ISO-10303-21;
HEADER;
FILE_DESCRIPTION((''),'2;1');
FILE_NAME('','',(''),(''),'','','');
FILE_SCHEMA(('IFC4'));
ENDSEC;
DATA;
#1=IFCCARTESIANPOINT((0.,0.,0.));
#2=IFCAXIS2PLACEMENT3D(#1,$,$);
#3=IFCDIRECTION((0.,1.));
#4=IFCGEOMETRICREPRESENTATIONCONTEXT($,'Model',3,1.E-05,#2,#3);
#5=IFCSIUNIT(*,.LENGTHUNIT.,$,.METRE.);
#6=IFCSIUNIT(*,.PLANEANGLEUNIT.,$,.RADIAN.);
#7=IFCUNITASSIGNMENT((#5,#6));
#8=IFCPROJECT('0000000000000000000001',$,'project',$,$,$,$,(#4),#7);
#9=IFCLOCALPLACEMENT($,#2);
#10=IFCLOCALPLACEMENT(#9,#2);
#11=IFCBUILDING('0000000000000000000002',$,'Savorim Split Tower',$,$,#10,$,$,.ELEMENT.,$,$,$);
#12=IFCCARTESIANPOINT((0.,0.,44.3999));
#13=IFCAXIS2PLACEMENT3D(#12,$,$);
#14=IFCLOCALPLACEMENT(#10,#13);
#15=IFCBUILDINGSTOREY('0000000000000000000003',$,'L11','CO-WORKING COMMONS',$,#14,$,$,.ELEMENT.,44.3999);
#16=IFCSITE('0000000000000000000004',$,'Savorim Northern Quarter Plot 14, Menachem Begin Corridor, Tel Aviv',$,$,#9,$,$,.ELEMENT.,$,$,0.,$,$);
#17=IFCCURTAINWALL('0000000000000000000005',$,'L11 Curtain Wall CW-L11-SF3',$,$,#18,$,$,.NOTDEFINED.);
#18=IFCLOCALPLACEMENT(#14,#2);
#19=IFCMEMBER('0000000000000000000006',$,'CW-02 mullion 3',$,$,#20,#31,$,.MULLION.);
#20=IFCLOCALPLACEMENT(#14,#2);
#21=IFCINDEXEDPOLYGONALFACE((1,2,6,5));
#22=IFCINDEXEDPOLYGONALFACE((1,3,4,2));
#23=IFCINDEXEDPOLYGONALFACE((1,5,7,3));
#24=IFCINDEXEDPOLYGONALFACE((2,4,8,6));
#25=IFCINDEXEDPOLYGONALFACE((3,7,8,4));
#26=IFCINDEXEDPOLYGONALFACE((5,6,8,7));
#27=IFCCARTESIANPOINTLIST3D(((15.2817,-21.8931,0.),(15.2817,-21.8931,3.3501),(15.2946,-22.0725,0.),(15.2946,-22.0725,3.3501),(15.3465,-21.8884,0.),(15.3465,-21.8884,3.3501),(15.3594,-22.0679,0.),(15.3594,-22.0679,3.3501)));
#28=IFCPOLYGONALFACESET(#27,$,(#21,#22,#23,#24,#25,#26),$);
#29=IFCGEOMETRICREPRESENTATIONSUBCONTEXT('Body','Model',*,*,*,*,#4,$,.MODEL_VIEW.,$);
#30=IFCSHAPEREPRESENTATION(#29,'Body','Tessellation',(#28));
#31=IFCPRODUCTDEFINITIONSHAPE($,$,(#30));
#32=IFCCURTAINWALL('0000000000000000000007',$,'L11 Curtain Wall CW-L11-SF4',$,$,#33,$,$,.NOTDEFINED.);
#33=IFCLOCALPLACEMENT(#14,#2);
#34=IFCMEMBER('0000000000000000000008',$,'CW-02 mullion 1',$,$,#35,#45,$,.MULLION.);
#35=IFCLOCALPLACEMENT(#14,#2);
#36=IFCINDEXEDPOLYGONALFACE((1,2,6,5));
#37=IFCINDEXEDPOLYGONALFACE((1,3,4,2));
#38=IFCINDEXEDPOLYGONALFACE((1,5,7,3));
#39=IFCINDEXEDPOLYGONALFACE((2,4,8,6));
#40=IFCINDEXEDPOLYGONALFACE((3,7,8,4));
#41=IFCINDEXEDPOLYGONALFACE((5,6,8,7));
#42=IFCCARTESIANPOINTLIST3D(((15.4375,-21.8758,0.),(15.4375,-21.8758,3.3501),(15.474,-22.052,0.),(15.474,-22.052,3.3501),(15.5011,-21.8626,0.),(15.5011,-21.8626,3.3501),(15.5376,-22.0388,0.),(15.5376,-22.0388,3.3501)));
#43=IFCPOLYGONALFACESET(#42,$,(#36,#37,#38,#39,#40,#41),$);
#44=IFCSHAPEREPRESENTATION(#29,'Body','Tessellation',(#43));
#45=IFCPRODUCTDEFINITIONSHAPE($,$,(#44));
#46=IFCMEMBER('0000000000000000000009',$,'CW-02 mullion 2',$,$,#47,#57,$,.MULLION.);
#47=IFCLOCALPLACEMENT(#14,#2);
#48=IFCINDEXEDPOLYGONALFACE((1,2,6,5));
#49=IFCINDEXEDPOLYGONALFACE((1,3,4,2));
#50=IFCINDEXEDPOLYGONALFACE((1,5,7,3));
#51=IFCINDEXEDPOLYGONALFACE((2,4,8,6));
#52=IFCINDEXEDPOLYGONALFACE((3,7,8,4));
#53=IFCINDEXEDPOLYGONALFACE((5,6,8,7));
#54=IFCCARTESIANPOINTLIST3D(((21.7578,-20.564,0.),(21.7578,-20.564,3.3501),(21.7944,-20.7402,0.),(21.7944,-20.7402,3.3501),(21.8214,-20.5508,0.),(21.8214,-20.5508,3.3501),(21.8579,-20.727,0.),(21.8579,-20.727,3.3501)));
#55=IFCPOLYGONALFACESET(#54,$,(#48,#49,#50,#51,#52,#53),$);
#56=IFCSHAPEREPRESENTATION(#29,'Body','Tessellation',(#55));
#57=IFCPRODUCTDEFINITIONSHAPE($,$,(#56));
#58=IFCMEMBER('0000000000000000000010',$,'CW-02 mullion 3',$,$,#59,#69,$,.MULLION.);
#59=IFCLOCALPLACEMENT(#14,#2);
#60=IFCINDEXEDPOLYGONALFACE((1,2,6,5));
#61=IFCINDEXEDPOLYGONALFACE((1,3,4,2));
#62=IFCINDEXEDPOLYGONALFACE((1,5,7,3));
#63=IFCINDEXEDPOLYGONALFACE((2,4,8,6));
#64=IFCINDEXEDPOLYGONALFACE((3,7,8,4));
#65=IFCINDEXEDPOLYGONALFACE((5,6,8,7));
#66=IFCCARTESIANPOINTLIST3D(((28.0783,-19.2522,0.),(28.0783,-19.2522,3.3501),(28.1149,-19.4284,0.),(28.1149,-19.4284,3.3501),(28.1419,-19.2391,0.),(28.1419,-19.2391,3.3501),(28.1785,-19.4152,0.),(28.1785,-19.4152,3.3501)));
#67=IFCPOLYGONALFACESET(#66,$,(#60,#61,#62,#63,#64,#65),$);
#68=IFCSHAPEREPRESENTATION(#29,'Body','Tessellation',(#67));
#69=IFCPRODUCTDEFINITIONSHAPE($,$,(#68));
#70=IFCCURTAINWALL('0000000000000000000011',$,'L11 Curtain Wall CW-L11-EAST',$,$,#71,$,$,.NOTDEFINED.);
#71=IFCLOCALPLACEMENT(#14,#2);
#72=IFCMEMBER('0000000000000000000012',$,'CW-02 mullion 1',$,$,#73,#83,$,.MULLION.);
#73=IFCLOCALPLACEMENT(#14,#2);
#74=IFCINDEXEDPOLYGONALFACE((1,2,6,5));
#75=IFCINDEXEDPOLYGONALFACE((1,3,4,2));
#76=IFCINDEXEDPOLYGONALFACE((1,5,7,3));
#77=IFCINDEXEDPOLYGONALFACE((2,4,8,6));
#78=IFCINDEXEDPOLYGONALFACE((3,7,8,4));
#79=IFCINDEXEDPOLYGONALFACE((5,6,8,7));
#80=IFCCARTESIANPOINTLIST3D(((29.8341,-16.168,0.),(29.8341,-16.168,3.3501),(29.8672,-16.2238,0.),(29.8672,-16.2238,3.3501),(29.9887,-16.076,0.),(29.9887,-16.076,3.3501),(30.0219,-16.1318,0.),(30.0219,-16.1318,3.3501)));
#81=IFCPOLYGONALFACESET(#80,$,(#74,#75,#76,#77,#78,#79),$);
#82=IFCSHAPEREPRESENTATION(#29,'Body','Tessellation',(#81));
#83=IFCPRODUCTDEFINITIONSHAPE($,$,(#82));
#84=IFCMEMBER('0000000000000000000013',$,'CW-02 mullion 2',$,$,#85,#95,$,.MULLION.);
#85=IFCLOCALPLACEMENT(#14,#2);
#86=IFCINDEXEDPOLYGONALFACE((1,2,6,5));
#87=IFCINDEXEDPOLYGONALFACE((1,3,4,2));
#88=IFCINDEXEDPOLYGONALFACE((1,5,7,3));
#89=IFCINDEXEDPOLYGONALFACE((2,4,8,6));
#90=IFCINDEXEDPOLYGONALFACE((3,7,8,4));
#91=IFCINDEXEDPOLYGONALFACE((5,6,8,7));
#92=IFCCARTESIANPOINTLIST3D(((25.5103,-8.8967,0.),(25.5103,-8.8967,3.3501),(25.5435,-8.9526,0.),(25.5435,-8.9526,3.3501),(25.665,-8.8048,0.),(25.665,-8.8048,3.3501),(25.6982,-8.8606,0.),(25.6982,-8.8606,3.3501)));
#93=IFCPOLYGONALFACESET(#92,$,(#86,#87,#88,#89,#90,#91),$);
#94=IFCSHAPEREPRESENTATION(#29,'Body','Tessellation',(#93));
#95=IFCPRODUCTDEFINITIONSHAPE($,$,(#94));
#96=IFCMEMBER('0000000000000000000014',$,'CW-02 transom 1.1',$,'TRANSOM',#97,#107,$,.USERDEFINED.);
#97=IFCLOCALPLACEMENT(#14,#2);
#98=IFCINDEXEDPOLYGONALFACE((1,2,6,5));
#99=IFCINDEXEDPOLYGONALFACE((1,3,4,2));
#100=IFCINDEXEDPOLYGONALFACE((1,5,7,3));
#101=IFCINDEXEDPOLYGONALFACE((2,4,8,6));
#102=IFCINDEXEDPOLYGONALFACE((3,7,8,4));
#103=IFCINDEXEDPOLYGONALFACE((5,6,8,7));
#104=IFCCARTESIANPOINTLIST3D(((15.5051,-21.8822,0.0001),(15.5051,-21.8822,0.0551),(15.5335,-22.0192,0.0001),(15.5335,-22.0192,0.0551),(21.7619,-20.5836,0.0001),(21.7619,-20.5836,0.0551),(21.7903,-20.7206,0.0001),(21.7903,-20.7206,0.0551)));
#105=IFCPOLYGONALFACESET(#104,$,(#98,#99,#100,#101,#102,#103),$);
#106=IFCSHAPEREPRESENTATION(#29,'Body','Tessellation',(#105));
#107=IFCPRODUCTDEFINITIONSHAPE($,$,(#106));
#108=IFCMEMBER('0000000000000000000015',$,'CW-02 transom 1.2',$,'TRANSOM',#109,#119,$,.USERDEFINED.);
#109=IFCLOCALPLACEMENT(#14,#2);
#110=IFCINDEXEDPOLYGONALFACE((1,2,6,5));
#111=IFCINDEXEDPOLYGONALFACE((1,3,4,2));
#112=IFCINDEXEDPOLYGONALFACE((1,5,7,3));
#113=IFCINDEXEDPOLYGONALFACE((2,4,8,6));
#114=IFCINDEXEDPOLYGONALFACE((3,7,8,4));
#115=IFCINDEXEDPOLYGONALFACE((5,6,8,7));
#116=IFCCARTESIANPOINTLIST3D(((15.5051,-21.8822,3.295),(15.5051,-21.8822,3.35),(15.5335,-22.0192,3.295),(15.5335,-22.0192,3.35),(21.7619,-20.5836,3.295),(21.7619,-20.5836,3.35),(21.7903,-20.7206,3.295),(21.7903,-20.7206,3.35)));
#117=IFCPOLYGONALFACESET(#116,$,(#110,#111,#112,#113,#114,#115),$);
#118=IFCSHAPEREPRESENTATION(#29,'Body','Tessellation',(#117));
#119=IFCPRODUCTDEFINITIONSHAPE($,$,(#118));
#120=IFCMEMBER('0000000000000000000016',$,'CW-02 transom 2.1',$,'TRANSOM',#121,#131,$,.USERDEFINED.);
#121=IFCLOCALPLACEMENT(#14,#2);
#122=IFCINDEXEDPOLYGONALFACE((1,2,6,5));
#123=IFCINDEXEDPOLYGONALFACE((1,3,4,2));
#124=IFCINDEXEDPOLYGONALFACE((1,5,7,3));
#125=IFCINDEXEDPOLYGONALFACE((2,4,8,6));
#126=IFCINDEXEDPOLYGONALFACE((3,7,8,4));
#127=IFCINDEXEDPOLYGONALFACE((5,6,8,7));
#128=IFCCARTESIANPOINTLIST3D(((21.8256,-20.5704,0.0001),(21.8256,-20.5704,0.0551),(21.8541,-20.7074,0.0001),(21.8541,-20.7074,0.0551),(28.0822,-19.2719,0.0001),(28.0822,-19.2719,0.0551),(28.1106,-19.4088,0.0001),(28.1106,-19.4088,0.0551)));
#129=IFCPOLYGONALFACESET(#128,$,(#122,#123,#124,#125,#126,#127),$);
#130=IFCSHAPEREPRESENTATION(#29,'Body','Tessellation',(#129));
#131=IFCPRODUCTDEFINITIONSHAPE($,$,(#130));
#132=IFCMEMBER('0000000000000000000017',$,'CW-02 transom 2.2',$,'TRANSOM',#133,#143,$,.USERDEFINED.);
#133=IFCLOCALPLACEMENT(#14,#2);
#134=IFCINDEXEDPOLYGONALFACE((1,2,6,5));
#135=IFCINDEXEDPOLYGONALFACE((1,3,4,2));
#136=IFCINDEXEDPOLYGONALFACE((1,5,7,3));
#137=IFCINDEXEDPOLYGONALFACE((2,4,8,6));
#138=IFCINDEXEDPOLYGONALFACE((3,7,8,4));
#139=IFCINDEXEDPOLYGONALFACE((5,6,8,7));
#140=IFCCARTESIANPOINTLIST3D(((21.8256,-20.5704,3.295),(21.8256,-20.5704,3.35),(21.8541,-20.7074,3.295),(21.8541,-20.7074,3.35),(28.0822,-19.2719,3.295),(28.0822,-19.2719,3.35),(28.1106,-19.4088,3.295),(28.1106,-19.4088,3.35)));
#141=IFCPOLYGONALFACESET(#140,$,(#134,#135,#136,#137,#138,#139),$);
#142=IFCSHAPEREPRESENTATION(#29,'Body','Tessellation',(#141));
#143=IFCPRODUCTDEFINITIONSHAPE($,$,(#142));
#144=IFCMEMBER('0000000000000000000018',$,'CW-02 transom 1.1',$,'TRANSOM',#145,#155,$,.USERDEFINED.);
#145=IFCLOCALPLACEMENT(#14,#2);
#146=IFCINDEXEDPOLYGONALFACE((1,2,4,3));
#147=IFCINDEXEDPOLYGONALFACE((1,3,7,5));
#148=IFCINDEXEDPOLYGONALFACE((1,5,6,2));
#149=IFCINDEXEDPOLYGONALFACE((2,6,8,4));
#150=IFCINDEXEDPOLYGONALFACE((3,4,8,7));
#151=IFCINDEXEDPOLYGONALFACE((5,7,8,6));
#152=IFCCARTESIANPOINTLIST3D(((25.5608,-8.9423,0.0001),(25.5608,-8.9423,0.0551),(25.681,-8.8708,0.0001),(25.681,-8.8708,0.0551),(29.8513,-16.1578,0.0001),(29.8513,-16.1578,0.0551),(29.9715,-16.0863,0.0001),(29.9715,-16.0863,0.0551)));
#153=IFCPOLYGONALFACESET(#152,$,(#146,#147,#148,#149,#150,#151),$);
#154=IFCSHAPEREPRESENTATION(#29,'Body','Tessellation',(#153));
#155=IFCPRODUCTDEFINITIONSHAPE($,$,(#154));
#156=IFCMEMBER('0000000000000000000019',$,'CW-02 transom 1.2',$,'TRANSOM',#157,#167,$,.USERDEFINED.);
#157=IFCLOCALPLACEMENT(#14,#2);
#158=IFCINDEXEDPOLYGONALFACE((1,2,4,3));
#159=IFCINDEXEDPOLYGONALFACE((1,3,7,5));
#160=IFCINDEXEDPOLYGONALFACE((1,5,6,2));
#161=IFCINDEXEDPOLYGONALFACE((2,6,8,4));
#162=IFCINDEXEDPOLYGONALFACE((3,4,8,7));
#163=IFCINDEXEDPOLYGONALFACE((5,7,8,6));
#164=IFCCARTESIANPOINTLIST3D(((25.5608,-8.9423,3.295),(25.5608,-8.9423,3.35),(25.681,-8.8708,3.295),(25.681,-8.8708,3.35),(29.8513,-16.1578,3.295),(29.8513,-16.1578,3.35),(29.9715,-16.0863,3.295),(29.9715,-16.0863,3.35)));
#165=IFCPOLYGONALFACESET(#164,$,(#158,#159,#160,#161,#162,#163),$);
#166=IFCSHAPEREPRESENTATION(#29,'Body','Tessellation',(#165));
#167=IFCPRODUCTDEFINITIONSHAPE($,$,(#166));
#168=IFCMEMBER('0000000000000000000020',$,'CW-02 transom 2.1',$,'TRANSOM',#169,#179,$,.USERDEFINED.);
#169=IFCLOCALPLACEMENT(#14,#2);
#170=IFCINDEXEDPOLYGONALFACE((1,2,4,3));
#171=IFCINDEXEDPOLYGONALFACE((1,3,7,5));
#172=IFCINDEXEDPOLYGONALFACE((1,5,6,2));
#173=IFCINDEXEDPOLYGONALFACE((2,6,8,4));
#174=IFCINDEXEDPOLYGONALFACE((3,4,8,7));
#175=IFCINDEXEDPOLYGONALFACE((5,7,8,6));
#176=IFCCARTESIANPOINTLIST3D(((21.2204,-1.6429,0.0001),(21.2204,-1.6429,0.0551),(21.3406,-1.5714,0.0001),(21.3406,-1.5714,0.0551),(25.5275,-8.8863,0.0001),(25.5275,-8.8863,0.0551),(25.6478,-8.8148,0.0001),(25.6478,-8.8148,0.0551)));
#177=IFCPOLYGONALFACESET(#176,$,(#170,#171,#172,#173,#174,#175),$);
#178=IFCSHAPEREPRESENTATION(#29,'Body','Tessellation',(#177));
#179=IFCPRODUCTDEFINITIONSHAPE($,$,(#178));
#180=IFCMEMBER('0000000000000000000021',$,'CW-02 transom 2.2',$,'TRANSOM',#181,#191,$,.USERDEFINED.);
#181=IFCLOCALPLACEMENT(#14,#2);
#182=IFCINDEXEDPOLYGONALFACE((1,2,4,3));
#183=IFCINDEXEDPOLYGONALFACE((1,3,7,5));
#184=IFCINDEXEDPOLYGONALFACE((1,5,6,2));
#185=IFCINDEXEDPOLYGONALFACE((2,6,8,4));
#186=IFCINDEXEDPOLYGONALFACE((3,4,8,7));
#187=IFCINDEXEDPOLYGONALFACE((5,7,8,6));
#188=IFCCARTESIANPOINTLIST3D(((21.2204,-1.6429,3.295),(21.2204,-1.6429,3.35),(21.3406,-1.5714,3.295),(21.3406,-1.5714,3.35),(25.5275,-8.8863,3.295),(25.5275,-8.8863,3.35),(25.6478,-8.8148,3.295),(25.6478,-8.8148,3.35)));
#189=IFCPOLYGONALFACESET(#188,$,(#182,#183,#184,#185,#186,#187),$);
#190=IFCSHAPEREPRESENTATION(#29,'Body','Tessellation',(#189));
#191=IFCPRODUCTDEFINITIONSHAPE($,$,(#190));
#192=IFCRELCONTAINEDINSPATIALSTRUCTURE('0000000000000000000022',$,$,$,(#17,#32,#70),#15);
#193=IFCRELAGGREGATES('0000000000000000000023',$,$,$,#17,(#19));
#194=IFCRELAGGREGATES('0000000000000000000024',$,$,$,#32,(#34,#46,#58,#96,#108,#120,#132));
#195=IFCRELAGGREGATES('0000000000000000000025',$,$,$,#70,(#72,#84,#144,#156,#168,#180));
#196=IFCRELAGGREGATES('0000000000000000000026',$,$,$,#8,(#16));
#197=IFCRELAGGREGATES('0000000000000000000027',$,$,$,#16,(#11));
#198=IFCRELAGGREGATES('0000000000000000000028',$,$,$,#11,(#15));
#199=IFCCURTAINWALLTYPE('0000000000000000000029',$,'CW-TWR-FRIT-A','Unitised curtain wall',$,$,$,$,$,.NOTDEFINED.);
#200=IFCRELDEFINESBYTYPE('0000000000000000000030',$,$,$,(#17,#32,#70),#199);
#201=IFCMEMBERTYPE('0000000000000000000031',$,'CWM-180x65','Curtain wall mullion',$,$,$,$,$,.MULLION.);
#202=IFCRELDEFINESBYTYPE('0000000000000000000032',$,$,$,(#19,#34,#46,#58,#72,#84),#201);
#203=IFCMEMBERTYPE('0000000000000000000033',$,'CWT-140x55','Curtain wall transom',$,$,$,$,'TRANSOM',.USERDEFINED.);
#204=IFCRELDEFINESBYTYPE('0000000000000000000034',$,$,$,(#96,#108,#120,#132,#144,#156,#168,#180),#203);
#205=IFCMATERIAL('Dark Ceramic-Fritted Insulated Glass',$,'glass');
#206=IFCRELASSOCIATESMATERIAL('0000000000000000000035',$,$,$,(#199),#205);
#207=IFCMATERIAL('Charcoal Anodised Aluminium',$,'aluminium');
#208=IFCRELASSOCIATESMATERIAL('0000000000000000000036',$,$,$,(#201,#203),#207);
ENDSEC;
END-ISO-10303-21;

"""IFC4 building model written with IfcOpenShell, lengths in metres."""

from ifc_helpers import new_model, si_unit, direction, frame, origin, origin_2d, place, context, subcontext, project, spatial, rectangle, extrude, material, material_profile, profile_set, type_object, element, aggregate, save


model = new_model("IFC4")

# Units and contexts
model_context = context("Model", 3, precision=1e-05, world=origin(), true_north=direction((0.0, 1.0)))
body_context = subcontext(model_context, "Body", "Model", "MODEL_VIEW")
ifc_project = project(units=[si_unit("LENGTHUNIT", "METRE"), si_unit("PLANEANGLEUNIT", "RADIAN")], contexts=[model_context])

# Site, building, storey
site_placement = place(None, origin())
site = spatial("IfcSite", under=ifc_project, at=site_placement, Name="Savorim Northern Quarter Plot 14, Menachem Begin Corridor, Tel Aviv", CompositionType="ELEMENT", RefElevation=0.0)
building_placement = place(site_placement, origin())
building = spatial("IfcBuilding", under=site, at=building_placement, Name="Savorim Split Tower", CompositionType="ELEMENT")
storey_placement = place(building_placement, frame((0.0, 0.0, 44.3999)))
storey = spatial("IfcBuildingStorey", under=building, at=storey_placement, Name="L11", Description="CO-WORKING COMMONS", CompositionType="ELEMENT", Elevation=44.3999)

# Curtain wall, member
ifc_material_1 = material(Name="Dark Ceramic-Fritted Insulated Glass", Category="glass")
curtain_wall_type = type_object("IfcCurtainWallType", Name="CW-TWR-FRIT-A", Description="Unitised curtain wall", PredefinedType="NOTDEFINED", material=ifc_material_1)
curtain_wall_1_placement = place(storey_placement, origin())
curtain_wall_1 = element("IfcCurtainWall", 1, at=curtain_wall_1_placement, inside=storey, type_object=curtain_wall_type, Name="L11 Curtain Wall CW-L11-SF3", PredefinedType="NOTDEFINED")
ifc_material_2 = material(Name="Charcoal Anodised Aluminium", Category="aluminium")
ifc_material_profile_1 = material_profile(ifc_material_2, rectangle(XDim=0.1799, YDim=0.0649, at=origin_2d()), Name="ALU-M 180x65")
ifc_profile_set_1 = profile_set([ifc_material_profile_1], Name="Charcoal Anodised Aluminium")
member_type_1 = type_object("IfcMemberType", Name="CWM-180x65", Description="Curtain wall mullion", PredefinedType="MULLION", material=ifc_profile_set_1)
member_1_placement = place(storey_placement, frame((15.3206, -21.9805, 0.0), z_axis=(0.0, 0.0, 1.0), x_axis=(-0.07156, 0.997436, 0.0)))
member_1 = element("IfcMember", 2, at=member_1_placement, type_object=member_type_1, Name="CW-02 mullion 3", PredefinedType="MULLION", context=body_context, shape_type="SweptSolid", body=[
    extrude(rectangle(XDim=0.1799, YDim=0.0649, at=origin_2d()), origin(), (0.0, 0.0, 1.0), 3.3501),
])
aggregate(curtain_wall_1, [member_1])

# Curtain walls, members
curtain_wall_2_placement = place(storey_placement, origin())
curtain_wall_2 = element("IfcCurtainWall", 3, at=curtain_wall_2_placement, inside=storey, type_object=curtain_wall_type, Name="L11 Curtain Wall CW-L11-SF4", PredefinedType="NOTDEFINED")
member_2_placement = place(storey_placement, frame((15.4875, -21.9573, 0.0), z_axis=(0.0, 0.0, 1.0), x_axis=(-0.20321, 0.979135, 0.0)))
member_2 = element("IfcMember", 4, at=member_2_placement, type_object=member_type_1, Name="CW-02 mullion 1", PredefinedType="MULLION", context=body_context, shape_type="SweptSolid", body=[
    extrude(rectangle(XDim=0.1799, YDim=0.0649, at=origin_2d()), origin(), (0.0, 0.0, 1.0), 3.3501),
])
member_3_placement = place(storey_placement, frame((21.8079, -20.6455, 0.0), z_axis=(0.0, 0.0, 1.0), x_axis=(-0.20321, 0.979135, 0.0)))
member_3 = element("IfcMember", 5, at=member_3_placement, type_object=member_type_1, Name="CW-02 mullion 2", PredefinedType="MULLION", context=body_context, shape_type="SweptSolid", body=[
    extrude(rectangle(XDim=0.1799, YDim=0.0649, at=origin_2d()), origin(), (0.0, 0.0, 1.0), 3.3501),
])
member_4_placement = place(storey_placement, frame((28.1284, -19.3337, 0.0), z_axis=(0.0, 0.0, 1.0), x_axis=(-0.20321, 0.979135, 0.0)))
member_4 = element("IfcMember", 6, at=member_4_placement, type_object=member_type_1, Name="CW-02 mullion 3", PredefinedType="MULLION", context=body_context, shape_type="SweptSolid", body=[
    extrude(rectangle(XDim=0.1799, YDim=0.0649, at=origin_2d()), origin(), (0.0, 0.0, 1.0), 3.3501),
])
curtain_wall_3_placement = place(storey_placement, origin())
curtain_wall_3 = element("IfcCurtainWall", 7, at=curtain_wall_3_placement, inside=storey, type_object=curtain_wall_type, Name="L11 Curtain Wall CW-L11-EAST", PredefinedType="NOTDEFINED")
member_5_placement = place(storey_placement, frame((29.928, -16.1499, 0.0), z_axis=(0.0, 0.0, 1.0), x_axis=(-0.859526, -0.511092, 0.0)))
member_5 = element("IfcMember", 8, at=member_5_placement, type_object=member_type_1, Name="CW-02 mullion 1", PredefinedType="MULLION", context=body_context, shape_type="SweptSolid", body=[
    extrude(rectangle(XDim=0.1799, YDim=0.0649, at=origin_2d()), origin(), (0.0, 0.0, 1.0), 3.3501),
])
member_6_placement = place(storey_placement, frame((25.6042, -8.8787, 0.0), z_axis=(0.0, 0.0, 1.0), x_axis=(-0.859526, -0.511092, 0.0)))
member_6 = element("IfcMember", 9, at=member_6_placement, type_object=member_type_1, Name="CW-02 mullion 2", PredefinedType="MULLION", context=body_context, shape_type="SweptSolid", body=[
    extrude(rectangle(XDim=0.1799, YDim=0.0649, at=origin_2d()), origin(), (0.0, 0.0, 1.0), 3.3501),
])

# Members
ifc_material_profile_2 = material_profile(ifc_material_2, rectangle(XDim=0.1399, YDim=0.0549, at=origin_2d()), Name="ALU-T 140x55")
ifc_profile_set_2 = profile_set([ifc_material_profile_2], Name="Charcoal Anodised Aluminium")
member_type_2 = type_object("IfcMemberType", Name="CWT-140x55", Description="Curtain wall transom", ElementType="TRANSOM", PredefinedType="USERDEFINED", material=ifc_profile_set_2)
member_7_placement = place(storey_placement, frame((15.5193, -21.9507, 0.0276), z_axis=(0.979134, 0.203216, 0.0), x_axis=(-0.203216, 0.979134, 0.0)))
member_7 = element("IfcMember", 10, at=member_7_placement, type_object=member_type_2, Name="CW-02 transom 1.1", ObjectType="TRANSOM", PredefinedType="USERDEFINED", context=body_context, shape_type="SweptSolid", body=[
    extrude(rectangle(XDim=0.1399, YDim=0.0549, at=origin_2d()), origin(), (0.0, 0.0, 1.0), 6.3901),
])
member_8_placement = place(storey_placement, frame((15.5193, -21.9507, 3.3225), z_axis=(0.979134, 0.203216, 0.0), x_axis=(-0.203216, 0.979134, 0.0)))
member_8 = element("IfcMember", 11, at=member_8_placement, type_object=member_type_2, Name="CW-02 transom 1.2", ObjectType="TRANSOM", PredefinedType="USERDEFINED", context=body_context, shape_type="SweptSolid", body=[
    extrude(rectangle(XDim=0.1399, YDim=0.0549, at=origin_2d()), origin(), (0.0, 0.0, 1.0), 6.3901),
])
member_9_placement = place(storey_placement, frame((21.8398, -20.6389, 0.0276), z_axis=(0.979132, 0.203223, 0.0), x_axis=(-0.203223, 0.979132, 0.0)))
member_9 = element("IfcMember", 12, at=member_9_placement, type_object=member_type_2, Name="CW-02 transom 2.1", ObjectType="TRANSOM", PredefinedType="USERDEFINED", context=body_context, shape_type="SweptSolid", body=[
    extrude(rectangle(XDim=0.1399, YDim=0.0549, at=origin_2d()), origin(), (0.0, 0.0, 1.0), 6.3899),
])
member_10_placement = place(storey_placement, frame((21.8398, -20.6389, 3.3225), z_axis=(0.979132, 0.203223, 0.0), x_axis=(-0.203223, 0.979132, 0.0)))
member_10 = element("IfcMember", 13, at=member_10_placement, type_object=member_type_2, Name="CW-02 transom 2.2", ObjectType="TRANSOM", PredefinedType="USERDEFINED", context=body_context, shape_type="SweptSolid", body=[
    extrude(rectangle(XDim=0.1399, YDim=0.0549, at=origin_2d()), origin(), (0.0, 0.0, 1.0), 6.3899),
])
member_11_placement = place(storey_placement, frame((29.9114, -16.1221, 0.0276), z_axis=(-0.511092, 0.859526, 0.0), x_axis=(-0.859526, -0.511092, 0.0)))
member_11 = element("IfcMember", 14, at=member_11_placement, type_object=member_type_2, Name="CW-02 transom 1.1", ObjectType="TRANSOM", PredefinedType="USERDEFINED", context=body_context, shape_type="SweptSolid", body=[
    extrude(rectangle(XDim=0.1399, YDim=0.0549, at=origin_2d()), origin(), (0.0, 0.0, 1.0), 8.3948),
])
member_12_placement = place(storey_placement, frame((29.9114, -16.1221, 3.3225), z_axis=(-0.511092, 0.859526, 0.0), x_axis=(-0.859526, -0.511092, 0.0)))
member_12 = element("IfcMember", 15, at=member_12_placement, type_object=member_type_2, Name="CW-02 transom 1.2", ObjectType="TRANSOM", PredefinedType="USERDEFINED", context=body_context, shape_type="SweptSolid", body=[
    extrude(rectangle(XDim=0.1399, YDim=0.0549, at=origin_2d()), origin(), (0.0, 0.0, 1.0), 8.3948),
])
member_13_placement = place(storey_placement, frame((25.5876, -8.8506, 0.0276), z_axis=(-0.511096, 0.859524, 0.0), x_axis=(-0.859524, -0.511096, 0.0)))
member_13 = element("IfcMember", 16, at=member_13_placement, type_object=member_type_2, Name="CW-02 transom 2.1", ObjectType="TRANSOM", PredefinedType="USERDEFINED", context=body_context, shape_type="SweptSolid", body=[
    extrude(rectangle(XDim=0.1399, YDim=0.0549, at=origin_2d()), origin(), (0.0, 0.0, 1.0), 8.4272),
])
member_14_placement = place(storey_placement, frame((25.5876, -8.8506, 3.3225), z_axis=(-0.511096, 0.859524, 0.0), x_axis=(-0.859524, -0.511096, 0.0)))
member_14 = element("IfcMember", 17, at=member_14_placement, type_object=member_type_2, Name="CW-02 transom 2.2", ObjectType="TRANSOM", PredefinedType="USERDEFINED", context=body_context, shape_type="SweptSolid", body=[
    extrude(rectangle(XDim=0.1399, YDim=0.0549, at=origin_2d()), origin(), (0.0, 0.0, 1.0), 8.4272),
])

aggregate(curtain_wall_2, [member_2, member_3, member_4, member_7, member_8, member_9, member_10])
aggregate(curtain_wall_3, [member_5, member_6, member_11, member_12, member_13, member_14])

save(model, "model.ifc")
